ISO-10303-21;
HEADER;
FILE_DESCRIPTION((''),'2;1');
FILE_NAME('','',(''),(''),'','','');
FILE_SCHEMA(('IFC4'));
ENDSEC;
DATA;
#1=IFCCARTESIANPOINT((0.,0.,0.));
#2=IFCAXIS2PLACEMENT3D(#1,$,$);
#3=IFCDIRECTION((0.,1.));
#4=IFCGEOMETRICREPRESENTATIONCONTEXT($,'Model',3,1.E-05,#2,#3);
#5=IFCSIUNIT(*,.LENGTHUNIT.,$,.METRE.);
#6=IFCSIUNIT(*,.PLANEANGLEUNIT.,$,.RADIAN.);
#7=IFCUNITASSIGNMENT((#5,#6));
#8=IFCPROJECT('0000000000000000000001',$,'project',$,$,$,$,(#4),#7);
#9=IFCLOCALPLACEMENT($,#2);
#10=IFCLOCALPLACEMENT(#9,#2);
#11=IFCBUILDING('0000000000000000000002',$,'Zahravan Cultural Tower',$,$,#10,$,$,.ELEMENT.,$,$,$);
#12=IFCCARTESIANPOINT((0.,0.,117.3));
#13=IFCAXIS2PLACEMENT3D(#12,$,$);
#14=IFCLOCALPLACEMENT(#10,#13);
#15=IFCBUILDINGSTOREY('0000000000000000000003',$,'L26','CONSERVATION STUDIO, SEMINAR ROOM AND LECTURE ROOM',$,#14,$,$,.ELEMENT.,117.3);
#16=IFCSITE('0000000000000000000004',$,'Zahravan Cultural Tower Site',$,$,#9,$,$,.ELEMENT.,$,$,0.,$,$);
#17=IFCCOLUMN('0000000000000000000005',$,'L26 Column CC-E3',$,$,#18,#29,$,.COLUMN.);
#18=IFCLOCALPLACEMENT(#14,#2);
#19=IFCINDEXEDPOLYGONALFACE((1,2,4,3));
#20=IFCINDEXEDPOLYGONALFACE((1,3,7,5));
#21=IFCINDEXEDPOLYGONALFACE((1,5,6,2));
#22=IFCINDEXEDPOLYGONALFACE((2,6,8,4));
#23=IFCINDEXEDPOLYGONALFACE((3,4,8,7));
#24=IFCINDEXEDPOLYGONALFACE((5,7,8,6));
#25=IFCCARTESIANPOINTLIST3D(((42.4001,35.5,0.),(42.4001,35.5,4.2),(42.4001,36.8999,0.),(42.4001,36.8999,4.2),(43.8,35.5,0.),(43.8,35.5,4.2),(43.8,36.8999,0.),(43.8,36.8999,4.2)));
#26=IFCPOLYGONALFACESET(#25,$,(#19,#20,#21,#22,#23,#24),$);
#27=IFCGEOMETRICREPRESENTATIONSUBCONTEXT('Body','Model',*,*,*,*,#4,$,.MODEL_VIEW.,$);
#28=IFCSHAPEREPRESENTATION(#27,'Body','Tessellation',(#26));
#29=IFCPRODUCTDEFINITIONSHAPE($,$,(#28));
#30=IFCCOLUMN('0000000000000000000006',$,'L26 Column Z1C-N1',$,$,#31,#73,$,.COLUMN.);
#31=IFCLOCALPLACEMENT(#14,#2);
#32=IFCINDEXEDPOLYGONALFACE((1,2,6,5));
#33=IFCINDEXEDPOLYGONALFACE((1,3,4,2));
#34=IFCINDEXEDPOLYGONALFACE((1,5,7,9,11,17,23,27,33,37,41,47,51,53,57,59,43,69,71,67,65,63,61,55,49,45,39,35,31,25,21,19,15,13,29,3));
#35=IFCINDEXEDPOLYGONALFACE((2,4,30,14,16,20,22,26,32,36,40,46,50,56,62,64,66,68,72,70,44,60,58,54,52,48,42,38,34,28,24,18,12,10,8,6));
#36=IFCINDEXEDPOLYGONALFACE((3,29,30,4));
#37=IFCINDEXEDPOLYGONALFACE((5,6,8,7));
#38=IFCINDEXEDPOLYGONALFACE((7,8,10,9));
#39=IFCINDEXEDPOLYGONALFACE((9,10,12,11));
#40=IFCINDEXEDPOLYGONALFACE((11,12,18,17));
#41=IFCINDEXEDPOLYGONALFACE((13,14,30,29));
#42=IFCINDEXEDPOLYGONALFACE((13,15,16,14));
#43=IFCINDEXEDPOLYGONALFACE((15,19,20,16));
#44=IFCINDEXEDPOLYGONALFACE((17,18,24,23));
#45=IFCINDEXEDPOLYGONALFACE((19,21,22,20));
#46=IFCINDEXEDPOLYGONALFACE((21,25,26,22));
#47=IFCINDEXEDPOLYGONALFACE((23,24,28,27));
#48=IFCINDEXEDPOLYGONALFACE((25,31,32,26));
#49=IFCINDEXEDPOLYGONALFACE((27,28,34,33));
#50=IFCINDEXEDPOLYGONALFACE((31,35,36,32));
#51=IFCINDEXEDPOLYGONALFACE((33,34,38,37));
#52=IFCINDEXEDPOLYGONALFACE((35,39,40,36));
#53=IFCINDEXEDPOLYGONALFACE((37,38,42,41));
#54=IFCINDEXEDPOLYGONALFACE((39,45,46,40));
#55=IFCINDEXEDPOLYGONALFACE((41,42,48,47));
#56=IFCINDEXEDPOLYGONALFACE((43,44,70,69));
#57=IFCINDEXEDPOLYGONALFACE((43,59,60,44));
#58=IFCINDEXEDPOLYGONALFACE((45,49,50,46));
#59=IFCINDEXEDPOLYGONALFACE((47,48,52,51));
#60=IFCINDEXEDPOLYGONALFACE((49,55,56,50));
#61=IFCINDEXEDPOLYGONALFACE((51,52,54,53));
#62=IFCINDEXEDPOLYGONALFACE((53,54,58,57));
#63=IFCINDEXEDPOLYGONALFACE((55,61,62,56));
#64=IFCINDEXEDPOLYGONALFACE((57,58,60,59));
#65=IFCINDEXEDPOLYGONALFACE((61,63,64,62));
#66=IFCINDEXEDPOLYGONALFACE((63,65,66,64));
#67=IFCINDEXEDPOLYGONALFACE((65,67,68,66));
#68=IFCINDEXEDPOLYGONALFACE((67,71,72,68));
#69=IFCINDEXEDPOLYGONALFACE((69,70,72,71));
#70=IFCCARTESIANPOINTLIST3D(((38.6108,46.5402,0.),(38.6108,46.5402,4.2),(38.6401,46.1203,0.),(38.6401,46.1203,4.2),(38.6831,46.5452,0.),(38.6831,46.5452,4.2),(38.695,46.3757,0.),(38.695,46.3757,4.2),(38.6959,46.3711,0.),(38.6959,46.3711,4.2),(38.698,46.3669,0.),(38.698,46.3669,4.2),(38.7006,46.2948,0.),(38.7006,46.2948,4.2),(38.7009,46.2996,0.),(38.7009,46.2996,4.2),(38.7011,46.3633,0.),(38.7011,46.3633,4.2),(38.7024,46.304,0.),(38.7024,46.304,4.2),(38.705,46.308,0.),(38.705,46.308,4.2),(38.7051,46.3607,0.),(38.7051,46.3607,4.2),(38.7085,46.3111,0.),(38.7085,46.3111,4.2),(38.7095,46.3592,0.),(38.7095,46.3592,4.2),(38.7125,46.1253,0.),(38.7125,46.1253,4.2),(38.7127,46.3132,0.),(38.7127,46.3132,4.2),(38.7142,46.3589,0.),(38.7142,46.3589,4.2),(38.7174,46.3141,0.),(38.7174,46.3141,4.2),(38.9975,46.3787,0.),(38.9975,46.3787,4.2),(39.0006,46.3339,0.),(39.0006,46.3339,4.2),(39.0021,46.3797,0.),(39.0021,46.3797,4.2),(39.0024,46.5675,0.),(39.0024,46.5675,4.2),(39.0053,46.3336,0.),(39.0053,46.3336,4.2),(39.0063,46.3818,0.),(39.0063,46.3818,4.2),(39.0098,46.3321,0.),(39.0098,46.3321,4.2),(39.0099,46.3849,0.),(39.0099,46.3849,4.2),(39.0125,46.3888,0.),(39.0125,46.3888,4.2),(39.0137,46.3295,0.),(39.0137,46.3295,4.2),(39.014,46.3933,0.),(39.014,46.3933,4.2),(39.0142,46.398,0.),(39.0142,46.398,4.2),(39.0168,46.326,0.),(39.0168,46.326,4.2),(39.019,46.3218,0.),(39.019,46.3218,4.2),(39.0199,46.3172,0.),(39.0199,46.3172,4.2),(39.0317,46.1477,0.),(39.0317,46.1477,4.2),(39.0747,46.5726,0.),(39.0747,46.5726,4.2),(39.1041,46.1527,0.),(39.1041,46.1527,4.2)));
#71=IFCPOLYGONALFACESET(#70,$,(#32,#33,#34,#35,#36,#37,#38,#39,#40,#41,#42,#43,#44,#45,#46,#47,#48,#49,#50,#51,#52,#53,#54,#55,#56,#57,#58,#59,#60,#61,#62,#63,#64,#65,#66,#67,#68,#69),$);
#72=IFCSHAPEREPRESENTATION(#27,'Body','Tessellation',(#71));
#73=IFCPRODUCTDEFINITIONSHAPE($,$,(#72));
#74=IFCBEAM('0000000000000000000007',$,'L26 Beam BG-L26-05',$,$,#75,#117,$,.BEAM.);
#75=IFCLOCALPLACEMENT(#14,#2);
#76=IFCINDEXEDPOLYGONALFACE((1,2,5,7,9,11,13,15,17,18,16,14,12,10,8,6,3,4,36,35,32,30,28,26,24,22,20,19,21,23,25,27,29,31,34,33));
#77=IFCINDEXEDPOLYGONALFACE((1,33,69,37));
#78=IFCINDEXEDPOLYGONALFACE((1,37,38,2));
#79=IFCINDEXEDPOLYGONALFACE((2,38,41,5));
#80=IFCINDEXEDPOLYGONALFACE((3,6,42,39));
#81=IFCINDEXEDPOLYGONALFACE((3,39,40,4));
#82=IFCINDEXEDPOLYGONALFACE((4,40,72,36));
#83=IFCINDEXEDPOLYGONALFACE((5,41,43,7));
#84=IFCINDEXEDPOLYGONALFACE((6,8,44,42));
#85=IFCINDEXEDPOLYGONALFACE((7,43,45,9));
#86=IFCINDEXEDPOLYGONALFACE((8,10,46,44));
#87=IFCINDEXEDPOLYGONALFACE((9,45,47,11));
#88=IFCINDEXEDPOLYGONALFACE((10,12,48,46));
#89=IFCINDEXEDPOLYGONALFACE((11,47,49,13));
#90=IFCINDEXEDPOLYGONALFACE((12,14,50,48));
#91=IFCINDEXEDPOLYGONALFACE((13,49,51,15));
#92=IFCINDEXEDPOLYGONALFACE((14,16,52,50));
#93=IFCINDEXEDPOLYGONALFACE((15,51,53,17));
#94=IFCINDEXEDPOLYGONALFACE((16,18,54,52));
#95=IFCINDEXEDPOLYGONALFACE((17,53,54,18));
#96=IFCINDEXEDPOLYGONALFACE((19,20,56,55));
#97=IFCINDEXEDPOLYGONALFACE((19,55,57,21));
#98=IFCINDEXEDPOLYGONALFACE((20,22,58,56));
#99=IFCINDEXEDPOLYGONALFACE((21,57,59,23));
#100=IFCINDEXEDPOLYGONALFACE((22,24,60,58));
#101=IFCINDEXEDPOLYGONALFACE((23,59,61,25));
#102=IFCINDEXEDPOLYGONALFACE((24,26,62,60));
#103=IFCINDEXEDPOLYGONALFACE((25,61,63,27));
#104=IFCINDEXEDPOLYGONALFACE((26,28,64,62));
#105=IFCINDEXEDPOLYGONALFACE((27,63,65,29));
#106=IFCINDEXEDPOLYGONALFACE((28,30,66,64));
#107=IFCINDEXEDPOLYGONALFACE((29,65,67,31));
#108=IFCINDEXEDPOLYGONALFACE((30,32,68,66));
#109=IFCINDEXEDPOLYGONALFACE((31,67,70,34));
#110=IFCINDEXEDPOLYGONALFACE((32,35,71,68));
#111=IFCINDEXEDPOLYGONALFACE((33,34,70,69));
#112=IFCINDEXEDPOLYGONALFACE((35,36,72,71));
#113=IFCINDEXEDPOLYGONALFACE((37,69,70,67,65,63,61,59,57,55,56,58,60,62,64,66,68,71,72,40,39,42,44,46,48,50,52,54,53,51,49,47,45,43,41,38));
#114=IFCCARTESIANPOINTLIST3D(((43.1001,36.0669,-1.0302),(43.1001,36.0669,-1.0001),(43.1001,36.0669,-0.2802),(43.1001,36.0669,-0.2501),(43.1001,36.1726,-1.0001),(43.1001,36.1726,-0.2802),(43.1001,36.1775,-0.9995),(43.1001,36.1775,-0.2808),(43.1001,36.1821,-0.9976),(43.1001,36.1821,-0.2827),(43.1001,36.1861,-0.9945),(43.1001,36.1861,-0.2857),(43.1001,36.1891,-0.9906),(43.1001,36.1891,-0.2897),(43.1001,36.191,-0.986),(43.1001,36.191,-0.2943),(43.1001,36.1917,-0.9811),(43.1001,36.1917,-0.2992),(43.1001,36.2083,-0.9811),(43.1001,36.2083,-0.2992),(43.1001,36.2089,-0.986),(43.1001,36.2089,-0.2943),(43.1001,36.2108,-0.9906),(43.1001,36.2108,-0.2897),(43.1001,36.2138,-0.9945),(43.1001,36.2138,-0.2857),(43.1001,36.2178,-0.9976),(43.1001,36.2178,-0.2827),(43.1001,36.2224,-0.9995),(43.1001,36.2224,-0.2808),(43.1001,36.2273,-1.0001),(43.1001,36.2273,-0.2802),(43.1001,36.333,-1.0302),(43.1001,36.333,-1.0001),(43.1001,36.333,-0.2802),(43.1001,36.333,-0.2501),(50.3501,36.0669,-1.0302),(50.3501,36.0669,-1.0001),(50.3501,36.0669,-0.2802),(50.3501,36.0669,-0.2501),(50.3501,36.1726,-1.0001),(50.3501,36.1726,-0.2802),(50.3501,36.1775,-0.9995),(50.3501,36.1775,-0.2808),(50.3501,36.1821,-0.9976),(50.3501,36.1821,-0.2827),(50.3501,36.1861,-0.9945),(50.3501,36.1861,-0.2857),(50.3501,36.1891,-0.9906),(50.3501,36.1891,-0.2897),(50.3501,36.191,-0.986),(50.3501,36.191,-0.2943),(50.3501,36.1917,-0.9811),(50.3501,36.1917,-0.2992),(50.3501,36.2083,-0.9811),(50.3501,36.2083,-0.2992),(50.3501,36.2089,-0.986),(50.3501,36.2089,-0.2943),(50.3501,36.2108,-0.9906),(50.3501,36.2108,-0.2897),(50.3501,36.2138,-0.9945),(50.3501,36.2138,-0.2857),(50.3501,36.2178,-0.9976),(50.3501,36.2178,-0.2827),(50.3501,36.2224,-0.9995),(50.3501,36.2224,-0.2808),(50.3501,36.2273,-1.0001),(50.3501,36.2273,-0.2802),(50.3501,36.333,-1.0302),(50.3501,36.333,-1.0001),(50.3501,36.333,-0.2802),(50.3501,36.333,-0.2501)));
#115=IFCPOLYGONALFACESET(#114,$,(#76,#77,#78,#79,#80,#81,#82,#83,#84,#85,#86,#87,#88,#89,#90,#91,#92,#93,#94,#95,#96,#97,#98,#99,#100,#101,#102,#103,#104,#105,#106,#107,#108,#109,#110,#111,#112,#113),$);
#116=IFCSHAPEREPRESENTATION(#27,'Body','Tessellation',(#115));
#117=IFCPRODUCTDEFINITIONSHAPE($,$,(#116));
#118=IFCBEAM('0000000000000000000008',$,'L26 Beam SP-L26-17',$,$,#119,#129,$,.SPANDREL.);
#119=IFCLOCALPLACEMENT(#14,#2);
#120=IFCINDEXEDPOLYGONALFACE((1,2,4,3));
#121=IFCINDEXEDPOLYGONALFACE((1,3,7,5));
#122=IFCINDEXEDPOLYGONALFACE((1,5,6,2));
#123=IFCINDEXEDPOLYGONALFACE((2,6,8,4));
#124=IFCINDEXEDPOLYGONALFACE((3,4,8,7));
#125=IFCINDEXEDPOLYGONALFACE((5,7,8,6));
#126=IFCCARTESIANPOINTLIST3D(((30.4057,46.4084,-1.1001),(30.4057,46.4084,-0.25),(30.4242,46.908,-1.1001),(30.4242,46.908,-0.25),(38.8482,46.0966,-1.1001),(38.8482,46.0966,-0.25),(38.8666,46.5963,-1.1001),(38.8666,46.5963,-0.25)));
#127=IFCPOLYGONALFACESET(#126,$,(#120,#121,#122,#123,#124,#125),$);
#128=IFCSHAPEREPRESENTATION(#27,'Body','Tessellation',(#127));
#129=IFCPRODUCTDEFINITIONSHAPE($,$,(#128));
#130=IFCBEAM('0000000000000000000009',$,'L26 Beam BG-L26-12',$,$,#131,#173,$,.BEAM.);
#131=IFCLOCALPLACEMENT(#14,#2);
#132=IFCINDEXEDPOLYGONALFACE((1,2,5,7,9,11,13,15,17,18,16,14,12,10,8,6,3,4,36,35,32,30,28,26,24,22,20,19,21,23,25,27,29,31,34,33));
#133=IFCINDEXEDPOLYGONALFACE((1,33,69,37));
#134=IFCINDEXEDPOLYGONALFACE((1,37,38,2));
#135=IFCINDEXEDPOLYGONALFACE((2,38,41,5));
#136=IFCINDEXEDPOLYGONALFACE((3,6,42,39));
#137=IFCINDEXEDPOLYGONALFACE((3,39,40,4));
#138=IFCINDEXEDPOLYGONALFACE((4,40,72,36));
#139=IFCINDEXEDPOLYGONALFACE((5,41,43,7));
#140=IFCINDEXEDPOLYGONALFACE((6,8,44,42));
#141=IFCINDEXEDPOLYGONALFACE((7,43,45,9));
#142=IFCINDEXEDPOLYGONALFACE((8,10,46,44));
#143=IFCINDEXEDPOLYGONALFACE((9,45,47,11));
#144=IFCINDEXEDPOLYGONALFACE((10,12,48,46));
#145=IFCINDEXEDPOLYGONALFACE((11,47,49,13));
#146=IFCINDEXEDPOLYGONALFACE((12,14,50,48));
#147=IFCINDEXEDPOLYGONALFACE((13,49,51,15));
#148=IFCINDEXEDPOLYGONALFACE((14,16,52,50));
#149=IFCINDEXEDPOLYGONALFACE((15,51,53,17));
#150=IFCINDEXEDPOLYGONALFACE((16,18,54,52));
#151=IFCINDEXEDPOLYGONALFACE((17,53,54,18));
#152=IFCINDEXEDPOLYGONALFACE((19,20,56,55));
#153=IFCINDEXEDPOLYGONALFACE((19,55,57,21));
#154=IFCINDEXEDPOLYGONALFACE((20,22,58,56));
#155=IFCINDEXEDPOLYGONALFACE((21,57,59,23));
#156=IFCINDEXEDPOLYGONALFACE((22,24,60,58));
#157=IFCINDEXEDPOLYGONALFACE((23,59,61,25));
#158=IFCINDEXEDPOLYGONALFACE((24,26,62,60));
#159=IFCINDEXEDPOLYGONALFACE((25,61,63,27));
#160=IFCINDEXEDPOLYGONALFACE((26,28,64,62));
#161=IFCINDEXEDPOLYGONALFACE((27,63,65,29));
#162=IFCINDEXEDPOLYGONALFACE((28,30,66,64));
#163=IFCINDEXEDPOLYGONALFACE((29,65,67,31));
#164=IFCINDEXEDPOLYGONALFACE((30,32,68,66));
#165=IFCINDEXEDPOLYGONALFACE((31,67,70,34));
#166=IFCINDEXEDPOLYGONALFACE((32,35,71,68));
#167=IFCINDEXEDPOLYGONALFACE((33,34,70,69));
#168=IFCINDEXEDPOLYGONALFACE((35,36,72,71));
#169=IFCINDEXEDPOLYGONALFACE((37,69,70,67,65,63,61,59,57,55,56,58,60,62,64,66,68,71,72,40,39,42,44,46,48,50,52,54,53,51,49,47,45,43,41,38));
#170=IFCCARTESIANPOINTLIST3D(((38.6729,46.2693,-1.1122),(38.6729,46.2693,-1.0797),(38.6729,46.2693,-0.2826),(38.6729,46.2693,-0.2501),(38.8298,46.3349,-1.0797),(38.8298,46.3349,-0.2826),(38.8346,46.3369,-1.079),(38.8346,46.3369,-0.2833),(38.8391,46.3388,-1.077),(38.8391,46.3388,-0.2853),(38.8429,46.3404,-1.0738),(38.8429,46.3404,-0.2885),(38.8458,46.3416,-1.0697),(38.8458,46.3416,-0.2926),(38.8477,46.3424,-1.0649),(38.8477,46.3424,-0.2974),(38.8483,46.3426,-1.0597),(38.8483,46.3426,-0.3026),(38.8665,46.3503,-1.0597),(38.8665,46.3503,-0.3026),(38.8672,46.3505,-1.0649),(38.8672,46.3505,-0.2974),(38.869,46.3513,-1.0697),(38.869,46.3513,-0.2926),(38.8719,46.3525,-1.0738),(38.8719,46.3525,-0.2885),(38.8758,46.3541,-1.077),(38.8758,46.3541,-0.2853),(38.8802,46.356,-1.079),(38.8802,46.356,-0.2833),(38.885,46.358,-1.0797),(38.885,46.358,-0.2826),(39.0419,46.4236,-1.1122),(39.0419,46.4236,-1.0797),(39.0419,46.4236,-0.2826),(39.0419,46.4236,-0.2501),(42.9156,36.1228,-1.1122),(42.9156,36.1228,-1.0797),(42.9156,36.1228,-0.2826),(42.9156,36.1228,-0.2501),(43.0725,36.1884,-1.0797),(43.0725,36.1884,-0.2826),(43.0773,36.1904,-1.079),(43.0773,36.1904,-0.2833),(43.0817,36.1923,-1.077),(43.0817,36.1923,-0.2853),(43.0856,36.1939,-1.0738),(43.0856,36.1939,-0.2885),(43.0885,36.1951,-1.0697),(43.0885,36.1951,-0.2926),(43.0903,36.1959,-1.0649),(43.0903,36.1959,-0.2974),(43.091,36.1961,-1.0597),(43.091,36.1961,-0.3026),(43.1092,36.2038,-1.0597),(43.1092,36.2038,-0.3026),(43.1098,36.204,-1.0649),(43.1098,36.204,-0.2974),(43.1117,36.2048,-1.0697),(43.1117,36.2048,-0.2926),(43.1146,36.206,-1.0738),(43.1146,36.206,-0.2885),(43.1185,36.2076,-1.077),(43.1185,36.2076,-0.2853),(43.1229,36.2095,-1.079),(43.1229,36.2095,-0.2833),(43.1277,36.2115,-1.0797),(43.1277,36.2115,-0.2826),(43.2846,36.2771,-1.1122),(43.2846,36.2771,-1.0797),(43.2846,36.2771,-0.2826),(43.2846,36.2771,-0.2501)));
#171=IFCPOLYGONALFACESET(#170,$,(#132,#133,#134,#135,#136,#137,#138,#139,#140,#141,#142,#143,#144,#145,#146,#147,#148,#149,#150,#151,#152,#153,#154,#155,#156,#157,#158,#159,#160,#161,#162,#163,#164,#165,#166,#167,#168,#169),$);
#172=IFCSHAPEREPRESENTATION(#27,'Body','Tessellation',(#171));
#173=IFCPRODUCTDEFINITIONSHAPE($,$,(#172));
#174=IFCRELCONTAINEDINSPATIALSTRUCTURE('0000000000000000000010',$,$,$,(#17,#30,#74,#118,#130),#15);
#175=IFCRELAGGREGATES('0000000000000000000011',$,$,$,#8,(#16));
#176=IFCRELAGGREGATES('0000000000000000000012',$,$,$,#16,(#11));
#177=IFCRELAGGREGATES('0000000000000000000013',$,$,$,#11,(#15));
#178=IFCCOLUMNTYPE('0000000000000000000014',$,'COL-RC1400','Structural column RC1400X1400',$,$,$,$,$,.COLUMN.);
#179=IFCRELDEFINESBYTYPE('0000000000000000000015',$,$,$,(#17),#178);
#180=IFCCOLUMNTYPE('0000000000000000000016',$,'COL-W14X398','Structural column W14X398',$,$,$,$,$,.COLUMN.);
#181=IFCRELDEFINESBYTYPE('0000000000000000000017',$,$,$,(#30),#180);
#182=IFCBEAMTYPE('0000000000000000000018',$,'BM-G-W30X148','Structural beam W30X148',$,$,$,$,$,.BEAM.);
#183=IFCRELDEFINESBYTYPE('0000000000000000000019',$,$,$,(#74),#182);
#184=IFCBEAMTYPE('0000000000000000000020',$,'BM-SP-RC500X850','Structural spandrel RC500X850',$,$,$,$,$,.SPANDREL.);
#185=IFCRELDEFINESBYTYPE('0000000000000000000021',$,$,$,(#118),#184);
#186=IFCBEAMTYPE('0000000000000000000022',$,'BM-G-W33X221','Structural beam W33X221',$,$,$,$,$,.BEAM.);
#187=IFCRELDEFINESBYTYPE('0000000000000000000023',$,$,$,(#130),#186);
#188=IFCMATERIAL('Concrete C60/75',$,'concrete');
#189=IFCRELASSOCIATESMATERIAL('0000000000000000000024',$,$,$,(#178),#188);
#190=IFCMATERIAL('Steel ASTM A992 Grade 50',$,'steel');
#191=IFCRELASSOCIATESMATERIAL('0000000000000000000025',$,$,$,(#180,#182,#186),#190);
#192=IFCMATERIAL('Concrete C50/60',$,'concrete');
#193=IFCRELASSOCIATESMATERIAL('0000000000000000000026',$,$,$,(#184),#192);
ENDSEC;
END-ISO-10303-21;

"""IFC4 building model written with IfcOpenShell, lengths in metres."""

from ifc_helpers import new_model, si_unit, direction, frame, origin, origin_2d, place, context, subcontext, project, spatial, rectangle, i_section, extrude, source, transform, mapped, material, material_profile, profile_set, type_object, element, save


model = new_model("IFC4")

# Units and contexts
model_context = context("Model", 3, precision=1e-05, world=origin(), true_north=direction((0.0, 1.0)))
body_context = subcontext(model_context, "Body", "Model", "MODEL_VIEW")
ifc_project = project(units=[si_unit("LENGTHUNIT", "METRE"), si_unit("PLANEANGLEUNIT", "RADIAN")], contexts=[model_context])

# Site, building, storey
site_placement = place(None, origin())
site = spatial("IfcSite", under=ifc_project, at=site_placement, Name="Zahravan Cultural Tower Site", CompositionType="ELEMENT", RefElevation=0.0)
building_placement = place(site_placement, origin())
building = spatial("IfcBuilding", under=site, at=building_placement, Name="Zahravan Cultural Tower", CompositionType="ELEMENT")
storey_placement = place(building_placement, frame((0.0, 0.0, 117.3)))
storey = spatial("IfcBuildingStorey", under=building, at=storey_placement, Name="L26", Description="CONSERVATION STUDIO, SEMINAR ROOM AND LECTURE ROOM", CompositionType="ELEMENT", Elevation=117.3)

# Columns
ifc_material_1 = material(Name="Concrete C60/75", Category="concrete")
ifc_material_profile_1 = material_profile(ifc_material_1, rectangle(XDim=1.3999, YDim=1.3999, at=origin_2d()), Name="RC1400X1400")
ifc_profile_set_1 = profile_set([ifc_material_profile_1], Name="Concrete C60/75")
column_type_1 = type_object("IfcColumnType", Name="COL-RC1400", Description="Structural column RC1400X1400", PredefinedType="COLUMN", material=ifc_profile_set_1)
shared_shape_1 = source(origin(), body_context, "Body", "SweptSolid", [
    extrude(rectangle(XDim=1.3999, YDim=1.3999, at=origin_2d()), origin(), (0.0, 0.0, 1.0), 4.2),
])
column_1_placement = place(storey_placement, frame((43.1001, 36.2, 0.0), z_axis=(0.0, 0.0, 1.0), x_axis=(1.0, 0.0, 0.0)))
element("IfcColumn", 1, at=column_1_placement, inside=storey, type_object=column_type_1, Name="L26 Column CC-E3", PredefinedType="COLUMN", context=body_context, shape_type="MappedRepresentation", body=[
    mapped(shared_shape_1, transform((0.0, 0.0, 0.0), x_axis=(1.0, 0.0, 0.0), y_axis=(0.0, 1.0, 0.0), z_axis=(0.0, 0.0, 1.0), scale=1.0)),
])
ifc_material_2 = material(Name="Steel ASTM A992 Grade 50", Category="steel")
ifc_material_profile_2 = material_profile(ifc_material_2, i_section(OverallWidth=0.4209, OverallDepth=0.4651, WebThickness=0.0449, FlangeThickness=0.0725, FilletRadius=0.0181, at=origin_2d()), Name="W14X398")
ifc_profile_set_2 = profile_set([ifc_material_profile_2], Name="Steel ASTM A992 Grade 50")
column_type_2 = type_object("IfcColumnType", Name="COL-W14X398", Description="Structural column W14X398", PredefinedType="COLUMN", material=ifc_profile_set_2)
shared_shape_2 = source(origin(), body_context, "Body", "SweptSolid", [
    extrude(i_section(OverallWidth=0.4209, OverallDepth=0.4651, WebThickness=0.0449, FlangeThickness=0.0725, FilletRadius=0.0181, at=origin_2d()), origin(), (0.0, 0.0, 1.0), 4.2),
])
column_2_placement = place(storey_placement, frame((38.8574, 46.3464, 0.0), z_axis=(0.0, 0.0, 1.0), x_axis=(-0.069756, 0.997564, 0.0)))
element("IfcColumn", 2, at=column_2_placement, inside=storey, type_object=column_type_2, Name="L26 Column Z1C-N1", PredefinedType="COLUMN", context=body_context, shape_type="MappedRepresentation", body=[
    mapped(shared_shape_2, transform((0.0, 0.0, 0.0), x_axis=(1.0, 0.0, 0.0), y_axis=(0.0, 1.0, 0.0), z_axis=(0.0, 0.0, 1.0), scale=1.0)),
])

# Beams
ifc_material_profile_3 = material_profile(ifc_material_2, i_section(OverallWidth=0.2661, OverallDepth=0.78, WebThickness=0.0166, FlangeThickness=0.03, FilletRadius=0.019, at=origin_2d()), Name="W30X148")
ifc_profile_set_3 = profile_set([ifc_material_profile_3], Name="Steel ASTM A992 Grade 50")
beam_type_1 = type_object("IfcBeamType", Name="BM-G-W30X148", Description="Structural beam W30X148", PredefinedType="BEAM", material=ifc_profile_set_3)
shared_shape_3 = source(origin(), body_context, "Body", "SweptSolid", [
    extrude(i_section(OverallWidth=0.2661, OverallDepth=0.78, WebThickness=0.0166, FlangeThickness=0.03, FilletRadius=0.019, at=origin_2d()), origin(), (0.0, 0.0, 1.0), 7.25),
])
beam_1_placement = place(storey_placement, frame((43.1001, 36.2, -0.6401), z_axis=(1.0, 0.0, 0.0), x_axis=(0.0, 1.0, 0.0)))
element("IfcBeam", 3, at=beam_1_placement, inside=storey, type_object=beam_type_1, Name="L26 Beam BG-L26-05", PredefinedType="BEAM", context=body_context, shape_type="MappedRepresentation", body=[
    mapped(shared_shape_3, transform((0.0, 0.0, 0.0), x_axis=(1.0, 0.0, 0.0), y_axis=(0.0, 1.0, 0.0), z_axis=(0.0, 0.0, 1.0), scale=1.0)),
])
ifc_material_3 = material(Name="Concrete C50/60", Category="concrete")
ifc_material_profile_4 = material_profile(ifc_material_3, rectangle(XDim=0.5, YDim=0.8501, at=origin_2d()), Name="RC500X850")
ifc_profile_set_4 = profile_set([ifc_material_profile_4], Name="Concrete C50/60")
beam_type_2 = type_object("IfcBeamType", Name="BM-SP-RC500X850", Description="Structural spandrel RC500X850", PredefinedType="SPANDREL", material=ifc_profile_set_4)
shared_shape_4 = source(origin(), body_context, "Body", "SweptSolid", [
    extrude(rectangle(XDim=0.5, YDim=0.8501, at=origin_2d()), origin(), (0.0, 0.0, 1.0), 8.4482),
])
beam_2_placement = place(storey_placement, frame((38.8574, 46.3464, -0.675), z_axis=(-0.999319, 0.036904, 0.0), x_axis=(-0.036904, -0.999319, 0.0)))
element("IfcBeam", 4, at=beam_2_placement, inside=storey, type_object=beam_type_2, Name="L26 Beam SP-L26-17", PredefinedType="SPANDREL", context=body_context, shape_type="MappedRepresentation", body=[
    mapped(shared_shape_4, transform((0.0, 0.0, 0.0), x_axis=(1.0, 0.0, 0.0), y_axis=(0.0, 1.0, 0.0), z_axis=(0.0, 0.0, 1.0), scale=1.0)),
])
ifc_material_profile_5 = material_profile(ifc_material_2, i_section(OverallWidth=0.3999, OverallDepth=0.8621, WebThickness=0.0198, FlangeThickness=0.0325, FilletRadius=0.02, at=origin_2d()), Name="W33X221")
ifc_profile_set_5 = profile_set([ifc_material_profile_5], Name="Steel ASTM A992 Grade 50")
beam_type_3 = type_object("IfcBeamType", Name="BM-G-W33X221", Description="Structural beam W33X221", PredefinedType="BEAM", material=ifc_profile_set_5)
shared_shape_5 = source(origin(), body_context, "Body", "SweptSolid", [
    extrude(i_section(OverallWidth=0.3999, OverallDepth=0.8621, WebThickness=0.0198, FlangeThickness=0.0325, FilletRadius=0.02, at=origin_2d()), origin(), (0.0, 0.0, 1.0), 10.9978),
])
beam_3_placement = place(storey_placement, frame((43.1001, 36.2, -0.6812), z_axis=(-0.385775, 0.922593, 0.0), x_axis=(-0.922593, -0.385775, 0.0)))
element("IfcBeam", 5, at=beam_3_placement, inside=storey, type_object=beam_type_3, Name="L26 Beam BG-L26-12", PredefinedType="BEAM", context=body_context, shape_type="MappedRepresentation", body=[
    mapped(shared_shape_5, transform((0.0, 0.0, 0.0), x_axis=(1.0, 0.0, 0.0), y_axis=(0.0, 1.0, 0.0), z_axis=(0.0, 0.0, 1.0), scale=1.0)),
])

save(model, "model.ifc")
